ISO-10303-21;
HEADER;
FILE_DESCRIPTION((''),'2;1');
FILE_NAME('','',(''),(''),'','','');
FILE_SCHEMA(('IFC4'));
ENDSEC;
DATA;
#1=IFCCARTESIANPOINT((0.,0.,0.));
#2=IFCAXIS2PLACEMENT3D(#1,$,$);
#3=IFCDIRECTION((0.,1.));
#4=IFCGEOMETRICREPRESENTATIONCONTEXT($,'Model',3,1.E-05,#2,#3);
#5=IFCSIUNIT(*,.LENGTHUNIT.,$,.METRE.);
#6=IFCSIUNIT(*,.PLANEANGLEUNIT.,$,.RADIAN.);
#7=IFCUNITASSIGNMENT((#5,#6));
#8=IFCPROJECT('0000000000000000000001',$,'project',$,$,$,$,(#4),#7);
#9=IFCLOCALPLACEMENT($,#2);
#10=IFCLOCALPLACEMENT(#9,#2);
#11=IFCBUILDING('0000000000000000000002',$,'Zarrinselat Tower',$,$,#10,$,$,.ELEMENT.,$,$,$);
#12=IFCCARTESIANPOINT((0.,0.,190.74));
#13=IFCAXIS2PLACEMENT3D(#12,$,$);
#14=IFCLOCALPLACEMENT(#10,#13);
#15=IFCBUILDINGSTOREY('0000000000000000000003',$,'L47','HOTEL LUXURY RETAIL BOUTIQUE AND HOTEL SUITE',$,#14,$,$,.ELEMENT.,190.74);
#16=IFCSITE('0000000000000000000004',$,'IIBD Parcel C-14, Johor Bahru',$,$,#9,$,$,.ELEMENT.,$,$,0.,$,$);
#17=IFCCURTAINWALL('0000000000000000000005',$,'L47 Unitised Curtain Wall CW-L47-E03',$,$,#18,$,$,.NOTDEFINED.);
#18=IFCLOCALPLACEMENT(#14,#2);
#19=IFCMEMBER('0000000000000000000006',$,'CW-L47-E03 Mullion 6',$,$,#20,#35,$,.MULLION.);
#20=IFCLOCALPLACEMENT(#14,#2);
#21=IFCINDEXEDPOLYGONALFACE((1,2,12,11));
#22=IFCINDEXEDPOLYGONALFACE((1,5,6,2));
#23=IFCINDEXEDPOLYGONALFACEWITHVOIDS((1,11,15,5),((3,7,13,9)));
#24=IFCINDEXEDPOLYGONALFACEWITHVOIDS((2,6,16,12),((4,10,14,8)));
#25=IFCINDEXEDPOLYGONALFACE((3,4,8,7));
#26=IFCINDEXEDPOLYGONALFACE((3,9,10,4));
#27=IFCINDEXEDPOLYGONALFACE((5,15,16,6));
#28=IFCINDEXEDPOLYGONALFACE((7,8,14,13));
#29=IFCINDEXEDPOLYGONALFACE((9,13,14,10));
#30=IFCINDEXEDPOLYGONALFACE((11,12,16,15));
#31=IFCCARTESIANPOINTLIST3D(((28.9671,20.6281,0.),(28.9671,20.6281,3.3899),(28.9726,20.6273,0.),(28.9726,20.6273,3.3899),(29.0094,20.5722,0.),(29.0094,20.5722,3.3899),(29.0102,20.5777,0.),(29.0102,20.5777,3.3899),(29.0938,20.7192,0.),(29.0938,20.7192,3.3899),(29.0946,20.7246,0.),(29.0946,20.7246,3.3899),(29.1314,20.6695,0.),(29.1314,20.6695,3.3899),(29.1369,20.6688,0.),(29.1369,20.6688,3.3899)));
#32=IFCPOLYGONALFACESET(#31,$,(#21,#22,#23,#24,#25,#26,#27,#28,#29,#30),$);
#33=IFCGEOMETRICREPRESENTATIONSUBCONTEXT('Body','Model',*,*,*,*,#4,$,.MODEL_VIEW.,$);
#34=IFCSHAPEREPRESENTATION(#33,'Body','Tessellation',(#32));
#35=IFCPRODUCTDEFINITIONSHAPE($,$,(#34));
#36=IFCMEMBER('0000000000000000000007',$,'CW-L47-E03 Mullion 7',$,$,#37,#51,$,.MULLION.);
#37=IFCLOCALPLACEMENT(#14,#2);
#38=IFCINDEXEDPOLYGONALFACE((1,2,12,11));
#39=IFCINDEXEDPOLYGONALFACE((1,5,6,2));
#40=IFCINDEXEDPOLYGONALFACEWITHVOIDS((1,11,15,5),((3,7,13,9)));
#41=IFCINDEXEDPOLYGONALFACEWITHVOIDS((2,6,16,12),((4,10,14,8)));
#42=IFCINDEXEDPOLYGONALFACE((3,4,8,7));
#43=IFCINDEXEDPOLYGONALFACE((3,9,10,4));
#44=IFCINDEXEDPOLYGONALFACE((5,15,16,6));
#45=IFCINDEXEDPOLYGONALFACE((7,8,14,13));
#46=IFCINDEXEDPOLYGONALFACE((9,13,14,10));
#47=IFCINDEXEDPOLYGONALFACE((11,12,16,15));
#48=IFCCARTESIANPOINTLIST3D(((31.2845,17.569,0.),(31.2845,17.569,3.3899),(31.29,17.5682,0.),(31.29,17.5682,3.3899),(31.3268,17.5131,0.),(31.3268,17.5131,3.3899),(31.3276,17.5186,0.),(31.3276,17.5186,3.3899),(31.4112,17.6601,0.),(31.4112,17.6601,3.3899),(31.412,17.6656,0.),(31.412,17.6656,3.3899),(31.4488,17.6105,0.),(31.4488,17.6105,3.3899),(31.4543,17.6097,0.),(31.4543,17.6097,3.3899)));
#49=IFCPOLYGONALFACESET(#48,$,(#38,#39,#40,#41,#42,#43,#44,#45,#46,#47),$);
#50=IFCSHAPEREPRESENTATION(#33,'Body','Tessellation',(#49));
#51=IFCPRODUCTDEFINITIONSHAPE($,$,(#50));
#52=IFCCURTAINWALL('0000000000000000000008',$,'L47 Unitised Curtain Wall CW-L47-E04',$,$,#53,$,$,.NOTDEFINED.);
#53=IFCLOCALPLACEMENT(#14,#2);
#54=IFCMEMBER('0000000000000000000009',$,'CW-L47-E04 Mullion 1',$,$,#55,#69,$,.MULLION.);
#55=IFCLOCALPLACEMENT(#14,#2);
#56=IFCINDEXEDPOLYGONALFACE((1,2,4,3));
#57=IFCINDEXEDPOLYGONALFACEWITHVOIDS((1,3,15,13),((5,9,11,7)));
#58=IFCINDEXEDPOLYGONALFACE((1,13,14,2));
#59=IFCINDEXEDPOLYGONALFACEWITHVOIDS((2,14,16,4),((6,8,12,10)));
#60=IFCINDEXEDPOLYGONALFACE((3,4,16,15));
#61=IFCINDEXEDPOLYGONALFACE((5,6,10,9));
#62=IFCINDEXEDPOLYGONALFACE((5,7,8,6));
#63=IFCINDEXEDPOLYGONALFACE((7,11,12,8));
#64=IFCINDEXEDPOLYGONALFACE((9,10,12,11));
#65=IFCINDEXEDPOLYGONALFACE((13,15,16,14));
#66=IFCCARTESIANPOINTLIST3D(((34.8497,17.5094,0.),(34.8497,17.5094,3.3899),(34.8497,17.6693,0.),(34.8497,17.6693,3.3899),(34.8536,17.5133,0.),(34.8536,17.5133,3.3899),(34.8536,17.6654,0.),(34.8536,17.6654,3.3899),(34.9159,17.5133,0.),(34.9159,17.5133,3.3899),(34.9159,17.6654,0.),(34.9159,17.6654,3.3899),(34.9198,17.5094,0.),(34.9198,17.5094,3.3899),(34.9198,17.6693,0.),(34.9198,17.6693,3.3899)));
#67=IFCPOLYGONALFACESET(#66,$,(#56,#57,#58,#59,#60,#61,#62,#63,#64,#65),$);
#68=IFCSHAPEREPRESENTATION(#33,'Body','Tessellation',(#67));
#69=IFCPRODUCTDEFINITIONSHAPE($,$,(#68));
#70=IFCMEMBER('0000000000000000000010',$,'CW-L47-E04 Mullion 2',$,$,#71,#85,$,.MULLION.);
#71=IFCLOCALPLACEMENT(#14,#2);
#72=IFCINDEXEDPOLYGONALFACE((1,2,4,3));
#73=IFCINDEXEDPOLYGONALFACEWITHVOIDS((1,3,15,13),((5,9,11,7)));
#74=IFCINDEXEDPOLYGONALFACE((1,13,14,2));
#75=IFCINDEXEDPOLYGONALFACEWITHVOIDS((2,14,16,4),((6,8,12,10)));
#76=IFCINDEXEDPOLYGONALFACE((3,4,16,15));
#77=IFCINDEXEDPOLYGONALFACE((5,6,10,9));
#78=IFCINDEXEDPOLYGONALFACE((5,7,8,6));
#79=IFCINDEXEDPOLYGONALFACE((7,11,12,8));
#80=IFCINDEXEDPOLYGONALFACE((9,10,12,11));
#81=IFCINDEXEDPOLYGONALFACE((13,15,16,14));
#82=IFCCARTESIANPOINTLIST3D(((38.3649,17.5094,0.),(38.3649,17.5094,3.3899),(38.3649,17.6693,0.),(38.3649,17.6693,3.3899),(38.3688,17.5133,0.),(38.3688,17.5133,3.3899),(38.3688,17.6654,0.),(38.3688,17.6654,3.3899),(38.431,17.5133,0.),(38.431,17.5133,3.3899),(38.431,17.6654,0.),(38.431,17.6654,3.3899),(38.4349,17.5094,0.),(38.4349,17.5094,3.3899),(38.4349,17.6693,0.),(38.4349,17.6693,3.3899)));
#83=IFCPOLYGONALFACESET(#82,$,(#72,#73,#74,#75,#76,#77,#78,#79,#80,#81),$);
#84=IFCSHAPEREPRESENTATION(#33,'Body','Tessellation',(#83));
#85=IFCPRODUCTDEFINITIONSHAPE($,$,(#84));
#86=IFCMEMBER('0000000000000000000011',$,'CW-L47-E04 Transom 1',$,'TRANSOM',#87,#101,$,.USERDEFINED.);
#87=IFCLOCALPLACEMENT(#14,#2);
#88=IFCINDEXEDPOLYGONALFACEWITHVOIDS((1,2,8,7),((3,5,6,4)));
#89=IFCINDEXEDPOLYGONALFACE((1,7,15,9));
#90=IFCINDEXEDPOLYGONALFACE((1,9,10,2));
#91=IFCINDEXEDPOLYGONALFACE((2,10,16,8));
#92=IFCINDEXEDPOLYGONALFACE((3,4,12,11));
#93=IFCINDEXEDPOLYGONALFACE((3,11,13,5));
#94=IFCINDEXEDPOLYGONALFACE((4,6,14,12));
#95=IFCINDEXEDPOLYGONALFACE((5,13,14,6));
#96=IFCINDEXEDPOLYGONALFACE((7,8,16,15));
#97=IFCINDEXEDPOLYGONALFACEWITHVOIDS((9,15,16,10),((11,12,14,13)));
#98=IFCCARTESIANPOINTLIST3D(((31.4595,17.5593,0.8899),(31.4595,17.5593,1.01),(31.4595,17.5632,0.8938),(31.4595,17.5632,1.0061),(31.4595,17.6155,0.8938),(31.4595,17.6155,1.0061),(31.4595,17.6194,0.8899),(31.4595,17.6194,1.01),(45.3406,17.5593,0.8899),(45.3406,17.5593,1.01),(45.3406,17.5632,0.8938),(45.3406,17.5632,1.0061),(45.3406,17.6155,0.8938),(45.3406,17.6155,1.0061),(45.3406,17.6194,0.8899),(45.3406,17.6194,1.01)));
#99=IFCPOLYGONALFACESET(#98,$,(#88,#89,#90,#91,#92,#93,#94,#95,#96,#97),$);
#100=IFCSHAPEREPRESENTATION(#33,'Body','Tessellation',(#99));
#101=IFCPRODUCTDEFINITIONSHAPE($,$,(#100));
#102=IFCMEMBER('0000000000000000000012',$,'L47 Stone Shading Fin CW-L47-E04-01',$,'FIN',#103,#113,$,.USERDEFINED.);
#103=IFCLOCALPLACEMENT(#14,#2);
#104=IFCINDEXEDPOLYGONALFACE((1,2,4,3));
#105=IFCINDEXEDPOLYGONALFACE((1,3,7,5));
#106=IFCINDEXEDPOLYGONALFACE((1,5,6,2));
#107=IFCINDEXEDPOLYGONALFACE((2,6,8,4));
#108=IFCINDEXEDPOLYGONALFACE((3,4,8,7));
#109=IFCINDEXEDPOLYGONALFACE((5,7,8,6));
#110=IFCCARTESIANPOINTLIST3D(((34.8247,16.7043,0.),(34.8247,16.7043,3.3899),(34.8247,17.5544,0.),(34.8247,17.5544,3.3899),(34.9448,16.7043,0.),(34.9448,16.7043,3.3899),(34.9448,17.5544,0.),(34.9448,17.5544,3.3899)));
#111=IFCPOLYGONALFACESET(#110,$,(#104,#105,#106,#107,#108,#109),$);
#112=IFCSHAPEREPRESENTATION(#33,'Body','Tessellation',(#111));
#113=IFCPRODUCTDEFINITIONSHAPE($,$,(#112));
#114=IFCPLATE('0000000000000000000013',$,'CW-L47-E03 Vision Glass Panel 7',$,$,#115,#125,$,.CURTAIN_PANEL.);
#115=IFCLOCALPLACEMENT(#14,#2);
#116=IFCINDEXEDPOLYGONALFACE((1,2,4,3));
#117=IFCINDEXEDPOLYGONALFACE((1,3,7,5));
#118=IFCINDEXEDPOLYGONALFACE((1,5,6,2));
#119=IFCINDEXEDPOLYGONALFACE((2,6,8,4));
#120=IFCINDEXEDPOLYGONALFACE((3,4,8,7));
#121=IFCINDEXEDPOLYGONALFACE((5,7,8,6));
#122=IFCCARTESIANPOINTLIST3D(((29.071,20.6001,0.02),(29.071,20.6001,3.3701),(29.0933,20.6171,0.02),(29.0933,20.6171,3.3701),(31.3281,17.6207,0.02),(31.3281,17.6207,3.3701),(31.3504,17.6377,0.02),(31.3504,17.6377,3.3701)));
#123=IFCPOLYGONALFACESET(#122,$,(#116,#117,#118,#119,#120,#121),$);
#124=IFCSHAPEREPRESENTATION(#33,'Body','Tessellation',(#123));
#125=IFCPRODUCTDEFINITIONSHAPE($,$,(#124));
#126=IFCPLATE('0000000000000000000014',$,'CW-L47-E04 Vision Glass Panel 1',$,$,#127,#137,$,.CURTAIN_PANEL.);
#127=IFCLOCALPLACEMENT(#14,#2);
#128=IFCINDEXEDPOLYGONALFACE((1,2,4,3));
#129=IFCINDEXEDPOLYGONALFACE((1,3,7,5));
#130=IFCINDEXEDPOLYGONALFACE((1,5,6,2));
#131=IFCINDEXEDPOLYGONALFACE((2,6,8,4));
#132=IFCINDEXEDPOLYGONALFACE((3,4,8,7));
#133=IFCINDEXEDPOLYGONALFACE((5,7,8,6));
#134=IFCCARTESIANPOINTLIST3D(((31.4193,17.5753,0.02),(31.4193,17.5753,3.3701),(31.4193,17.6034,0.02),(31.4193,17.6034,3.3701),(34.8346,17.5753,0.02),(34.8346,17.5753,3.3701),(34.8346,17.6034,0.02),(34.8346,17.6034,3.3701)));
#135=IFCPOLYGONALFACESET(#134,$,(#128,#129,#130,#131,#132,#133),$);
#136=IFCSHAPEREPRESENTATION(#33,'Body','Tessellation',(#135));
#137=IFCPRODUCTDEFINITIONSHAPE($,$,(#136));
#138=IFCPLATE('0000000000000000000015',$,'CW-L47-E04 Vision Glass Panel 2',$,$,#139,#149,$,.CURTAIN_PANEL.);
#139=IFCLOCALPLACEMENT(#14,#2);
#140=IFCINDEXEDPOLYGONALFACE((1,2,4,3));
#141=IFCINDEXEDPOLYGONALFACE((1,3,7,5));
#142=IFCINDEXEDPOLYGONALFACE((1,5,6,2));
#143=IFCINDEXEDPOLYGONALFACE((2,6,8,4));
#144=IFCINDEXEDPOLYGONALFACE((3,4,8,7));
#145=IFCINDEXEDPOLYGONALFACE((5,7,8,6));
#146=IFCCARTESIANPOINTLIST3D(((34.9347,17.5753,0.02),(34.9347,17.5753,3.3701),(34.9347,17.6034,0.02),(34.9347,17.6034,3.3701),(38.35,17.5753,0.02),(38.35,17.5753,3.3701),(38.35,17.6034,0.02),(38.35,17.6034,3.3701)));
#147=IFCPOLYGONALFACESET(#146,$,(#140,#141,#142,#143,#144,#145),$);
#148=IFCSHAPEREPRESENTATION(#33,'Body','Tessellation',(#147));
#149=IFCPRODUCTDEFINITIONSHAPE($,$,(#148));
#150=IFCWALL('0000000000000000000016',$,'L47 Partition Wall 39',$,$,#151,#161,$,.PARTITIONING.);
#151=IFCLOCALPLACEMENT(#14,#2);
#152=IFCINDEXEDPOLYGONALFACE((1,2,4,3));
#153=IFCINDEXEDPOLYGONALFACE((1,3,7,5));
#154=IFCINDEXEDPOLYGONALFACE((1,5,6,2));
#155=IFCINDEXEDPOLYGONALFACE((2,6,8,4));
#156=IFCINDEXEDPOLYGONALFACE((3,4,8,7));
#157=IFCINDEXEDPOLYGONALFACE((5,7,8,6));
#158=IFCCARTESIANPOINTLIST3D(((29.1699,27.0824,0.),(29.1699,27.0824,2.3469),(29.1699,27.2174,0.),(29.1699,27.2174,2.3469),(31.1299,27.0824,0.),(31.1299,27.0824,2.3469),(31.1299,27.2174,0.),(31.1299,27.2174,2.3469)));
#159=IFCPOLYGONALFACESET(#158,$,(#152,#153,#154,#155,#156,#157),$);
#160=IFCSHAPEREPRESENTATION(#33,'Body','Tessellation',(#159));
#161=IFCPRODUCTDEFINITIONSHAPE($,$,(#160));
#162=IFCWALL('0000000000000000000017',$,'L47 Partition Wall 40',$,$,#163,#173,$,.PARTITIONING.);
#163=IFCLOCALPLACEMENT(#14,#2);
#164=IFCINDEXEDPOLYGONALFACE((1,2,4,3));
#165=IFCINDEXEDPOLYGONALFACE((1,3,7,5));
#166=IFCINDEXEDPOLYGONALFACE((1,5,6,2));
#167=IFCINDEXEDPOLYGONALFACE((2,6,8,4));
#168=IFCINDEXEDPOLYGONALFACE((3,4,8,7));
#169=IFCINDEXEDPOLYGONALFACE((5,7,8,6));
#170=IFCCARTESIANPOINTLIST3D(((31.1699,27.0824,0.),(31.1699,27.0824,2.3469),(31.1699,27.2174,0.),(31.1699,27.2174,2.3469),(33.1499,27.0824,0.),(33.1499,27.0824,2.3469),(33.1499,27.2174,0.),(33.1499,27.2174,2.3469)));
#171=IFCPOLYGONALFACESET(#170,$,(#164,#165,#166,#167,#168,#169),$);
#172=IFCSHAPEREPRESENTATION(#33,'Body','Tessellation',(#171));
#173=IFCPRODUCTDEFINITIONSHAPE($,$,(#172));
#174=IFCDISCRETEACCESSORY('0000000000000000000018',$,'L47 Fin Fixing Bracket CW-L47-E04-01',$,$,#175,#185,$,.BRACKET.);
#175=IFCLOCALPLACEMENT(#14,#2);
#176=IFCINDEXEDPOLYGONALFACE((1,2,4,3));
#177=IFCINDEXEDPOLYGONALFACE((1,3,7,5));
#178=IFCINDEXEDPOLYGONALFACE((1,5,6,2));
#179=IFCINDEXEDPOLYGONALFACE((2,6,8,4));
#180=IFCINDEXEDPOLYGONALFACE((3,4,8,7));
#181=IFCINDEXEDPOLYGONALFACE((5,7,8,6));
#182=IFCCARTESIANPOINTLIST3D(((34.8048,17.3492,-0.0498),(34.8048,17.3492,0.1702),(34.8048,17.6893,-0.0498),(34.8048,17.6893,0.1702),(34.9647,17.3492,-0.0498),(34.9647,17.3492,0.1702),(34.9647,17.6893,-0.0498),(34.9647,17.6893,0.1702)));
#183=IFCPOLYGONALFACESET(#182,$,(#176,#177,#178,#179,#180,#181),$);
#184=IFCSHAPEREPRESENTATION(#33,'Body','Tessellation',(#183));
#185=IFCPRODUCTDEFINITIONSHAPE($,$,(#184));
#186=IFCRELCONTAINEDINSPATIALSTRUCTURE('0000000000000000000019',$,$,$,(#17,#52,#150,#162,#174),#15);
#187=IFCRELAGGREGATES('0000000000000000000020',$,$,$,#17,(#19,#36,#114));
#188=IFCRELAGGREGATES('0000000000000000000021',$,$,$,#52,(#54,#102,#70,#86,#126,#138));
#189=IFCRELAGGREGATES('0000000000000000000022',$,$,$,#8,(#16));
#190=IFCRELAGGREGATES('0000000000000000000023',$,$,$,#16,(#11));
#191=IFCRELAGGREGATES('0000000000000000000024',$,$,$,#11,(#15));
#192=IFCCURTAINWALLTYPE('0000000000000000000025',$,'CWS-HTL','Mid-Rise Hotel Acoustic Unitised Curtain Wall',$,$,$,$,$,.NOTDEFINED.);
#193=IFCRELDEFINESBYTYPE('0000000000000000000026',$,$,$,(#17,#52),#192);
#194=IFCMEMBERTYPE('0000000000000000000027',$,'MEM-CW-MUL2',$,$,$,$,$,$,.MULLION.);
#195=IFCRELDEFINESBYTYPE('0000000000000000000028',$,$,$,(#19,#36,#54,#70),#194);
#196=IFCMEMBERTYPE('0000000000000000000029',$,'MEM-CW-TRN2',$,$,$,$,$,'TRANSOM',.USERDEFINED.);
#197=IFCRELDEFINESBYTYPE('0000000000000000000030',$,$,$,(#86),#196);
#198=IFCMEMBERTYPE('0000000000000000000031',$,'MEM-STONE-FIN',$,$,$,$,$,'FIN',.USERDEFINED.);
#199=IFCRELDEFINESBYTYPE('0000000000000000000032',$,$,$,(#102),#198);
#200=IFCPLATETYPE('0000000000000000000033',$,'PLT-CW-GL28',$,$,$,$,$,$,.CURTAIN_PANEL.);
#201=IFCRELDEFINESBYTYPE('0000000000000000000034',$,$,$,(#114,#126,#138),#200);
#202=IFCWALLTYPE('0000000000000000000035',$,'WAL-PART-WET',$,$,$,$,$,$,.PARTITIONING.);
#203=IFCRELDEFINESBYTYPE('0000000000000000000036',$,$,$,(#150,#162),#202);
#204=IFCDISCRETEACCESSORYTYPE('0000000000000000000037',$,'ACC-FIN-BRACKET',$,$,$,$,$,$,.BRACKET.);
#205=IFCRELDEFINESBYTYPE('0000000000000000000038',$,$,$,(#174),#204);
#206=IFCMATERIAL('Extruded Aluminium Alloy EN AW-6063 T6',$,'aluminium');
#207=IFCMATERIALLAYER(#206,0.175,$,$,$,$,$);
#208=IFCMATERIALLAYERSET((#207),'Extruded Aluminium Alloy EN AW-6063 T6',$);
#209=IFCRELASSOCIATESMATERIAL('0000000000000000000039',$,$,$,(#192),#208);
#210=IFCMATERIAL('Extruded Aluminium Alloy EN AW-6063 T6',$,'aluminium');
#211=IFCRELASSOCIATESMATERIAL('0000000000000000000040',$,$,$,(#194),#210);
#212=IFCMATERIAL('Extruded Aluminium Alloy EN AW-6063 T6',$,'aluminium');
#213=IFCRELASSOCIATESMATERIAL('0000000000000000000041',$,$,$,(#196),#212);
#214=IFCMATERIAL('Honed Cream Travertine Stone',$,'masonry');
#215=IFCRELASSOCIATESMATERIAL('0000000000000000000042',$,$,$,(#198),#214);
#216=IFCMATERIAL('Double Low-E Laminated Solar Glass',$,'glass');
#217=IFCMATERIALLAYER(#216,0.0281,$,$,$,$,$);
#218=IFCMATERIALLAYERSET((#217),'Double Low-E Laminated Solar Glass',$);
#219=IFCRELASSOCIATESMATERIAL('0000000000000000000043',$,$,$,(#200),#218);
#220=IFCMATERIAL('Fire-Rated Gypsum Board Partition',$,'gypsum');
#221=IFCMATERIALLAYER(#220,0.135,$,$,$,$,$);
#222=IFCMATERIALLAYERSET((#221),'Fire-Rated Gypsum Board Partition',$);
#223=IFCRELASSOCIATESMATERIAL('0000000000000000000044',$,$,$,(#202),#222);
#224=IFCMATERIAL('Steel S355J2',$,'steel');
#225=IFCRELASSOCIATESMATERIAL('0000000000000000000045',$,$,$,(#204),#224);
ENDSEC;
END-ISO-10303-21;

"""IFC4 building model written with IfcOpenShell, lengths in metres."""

from ifc_helpers import new_model, si_unit, direction, frame, frame_2d, origin, origin_2d, place, context, subcontext, project, spatial, rectangle, hollow_rectangle, extrude, material, layer, layer_set, material_profile, profile_set, type_object, element, aggregate, save


model = new_model("IFC4")

# Units and contexts
model_context = context("Model", 3, precision=1e-05, world=origin(), true_north=direction((0.0, 1.0)))
body_context = subcontext(model_context, "Body", "Model", "MODEL_VIEW")
ifc_project = project(units=[si_unit("LENGTHUNIT", "METRE"), si_unit("PLANEANGLEUNIT", "RADIAN")], contexts=[model_context])

# Site, building, storey
site_placement = place(None, origin())
site = spatial("IfcSite", under=ifc_project, at=site_placement, Name="IIBD Parcel C-14, Johor Bahru", CompositionType="ELEMENT", RefElevation=0.0)
building_placement = place(site_placement, origin())
building = spatial("IfcBuilding", under=site, at=building_placement, Name="Zarrinselat Tower", CompositionType="ELEMENT")
storey_placement = place(building_placement, frame((0.0, 0.0, 190.74)))
storey = spatial("IfcBuildingStorey", under=building, at=storey_placement, Name="L47", Description="HOTEL LUXURY RETAIL BOUTIQUE AND HOTEL SUITE", CompositionType="ELEMENT", Elevation=190.74)

# Curtain walls, members
ifc_material_1 = material(Name="Extruded Aluminium Alloy EN AW-6063 T6", Category="aluminium")
ifc_layer_1 = layer(ifc_material_1, 0.175)
ifc_layer_set_1 = layer_set([ifc_layer_1], Name="Extruded Aluminium Alloy EN AW-6063 T6")
curtain_wall_type = type_object("IfcCurtainWallType", Name="CWS-HTL", Description="Mid-Rise Hotel Acoustic Unitised Curtain Wall", PredefinedType="NOTDEFINED", material=ifc_layer_set_1)
curtain_wall_1_placement = place(storey_placement, origin())
curtain_wall_1 = element("IfcCurtainWall", 1, at=curtain_wall_1_placement, inside=storey, type_object=curtain_wall_type, Name="L47 Unitised Curtain Wall CW-L47-E03", PredefinedType="NOTDEFINED")
ifc_material_2 = material(Name="Extruded Aluminium Alloy EN AW-6063 T6", Category="aluminium")
ifc_material_profile_1 = material_profile(ifc_material_2, hollow_rectangle(XDim=0.0701, YDim=0.1599, WallThickness=0.0039, at=origin_2d()), Name="RHS 160x70x4")
ifc_profile_set_1 = profile_set([ifc_material_profile_1], Name="Extruded Aluminium Alloy EN AW-6063 T6")
member_type_1 = type_object("IfcMemberType", Name="MEM-CW-MUL2", PredefinedType="MULLION", material=ifc_profile_set_1)
member_1_placement = place(storey_placement, frame((29.052, 20.6484, 0.0), z_axis=(0.0, 0.0, 1.0), x_axis=(0.603857, -0.797093, 0.0)))
member_1 = element("IfcMember", 2, at=member_1_placement, type_object=member_type_1, Name="CW-L47-E03 Mullion 6", PredefinedType="MULLION", context=body_context, shape_type="SweptSolid", body=[
    extrude(hollow_rectangle(XDim=0.0701, YDim=0.1599, WallThickness=0.0039, at=origin_2d()), origin(), (0.0, 0.0, 1.0), 3.3899),
])
member_2_placement = place(storey_placement, frame((31.3694, 17.5894, 0.0), z_axis=(0.0, 0.0, 1.0), x_axis=(0.603857, -0.797093, 0.0)))
member_2 = element("IfcMember", 3, at=member_2_placement, type_object=member_type_1, Name="CW-L47-E03 Mullion 7", PredefinedType="MULLION", context=body_context, shape_type="SweptSolid", body=[
    extrude(hollow_rectangle(XDim=0.0701, YDim=0.1599, WallThickness=0.0039, at=origin_2d()), origin(), (0.0, 0.0, 1.0), 3.3899),
])
curtain_wall_2_placement = place(storey_placement, origin())
curtain_wall_2 = element("IfcCurtainWall", 4, at=curtain_wall_2_placement, inside=storey, type_object=curtain_wall_type, Name="L47 Unitised Curtain Wall CW-L47-E04", PredefinedType="NOTDEFINED")
member_3_placement = place(storey_placement, frame((34.8848, 17.5894, 0.0), z_axis=(0.0, 0.0, 1.0), x_axis=(1.0, 0.0, 0.0)))
member_3 = element("IfcMember", 5, at=member_3_placement, type_object=member_type_1, Name="CW-L47-E04 Mullion 1", PredefinedType="MULLION", context=body_context, shape_type="SweptSolid", body=[
    extrude(hollow_rectangle(XDim=0.0701, YDim=0.1599, WallThickness=0.0039, at=origin_2d()), origin(), (0.0, 0.0, 1.0), 3.3899),
])
member_4_placement = place(storey_placement, frame((38.3999, 17.5894, 0.0), z_axis=(0.0, 0.0, 1.0), x_axis=(1.0, 0.0, 0.0)))
member_4 = element("IfcMember", 6, at=member_4_placement, type_object=member_type_1, Name="CW-L47-E04 Mullion 2", PredefinedType="MULLION", context=body_context, shape_type="SweptSolid", body=[
    extrude(hollow_rectangle(XDim=0.0701, YDim=0.1599, WallThickness=0.0039, at=origin_2d()), origin(), (0.0, 0.0, 1.0), 3.3899),
])
ifc_material_3 = material(Name="Extruded Aluminium Alloy EN AW-6063 T6", Category="aluminium")
ifc_material_profile_2 = material_profile(ifc_material_3, hollow_rectangle(XDim=0.0601, YDim=0.1201, WallThickness=0.0039, at=origin_2d()), Name="RHS 120x60x4")
ifc_profile_set_2 = profile_set([ifc_material_profile_2], Name="Extruded Aluminium Alloy EN AW-6063 T6")
member_type_2 = type_object("IfcMemberType", Name="MEM-CW-TRN2", ElementType="TRANSOM", PredefinedType="USERDEFINED", material=ifc_profile_set_2)
member_5_placement = place(storey_placement, frame((31.4595, 17.5894, 0.95), z_axis=(1.0, 0.0, 0.0), x_axis=(0.0, 1.0, 0.0)))
member_5 = element("IfcMember", 7, at=member_5_placement, type_object=member_type_2, Name="CW-L47-E04 Transom 1", ObjectType="TRANSOM", PredefinedType="USERDEFINED", context=body_context, shape_type="SweptSolid", body=[
    extrude(hollow_rectangle(XDim=0.0601, YDim=0.1201, WallThickness=0.0039, at=origin_2d()), origin(), (0.0, 0.0, 1.0), 13.8811),
])
ifc_material_4 = material(Name="Honed Cream Travertine Stone", Category="masonry")
ifc_material_profile_3 = material_profile(ifc_material_4, rectangle(XDim=0.1201, YDim=0.8501, at=origin_2d()), Name="FIN 850x120")
ifc_profile_set_3 = profile_set([ifc_material_profile_3], Name="Honed Cream Travertine Stone")
member_type_3 = type_object("IfcMemberType", Name="MEM-STONE-FIN", ElementType="FIN", PredefinedType="USERDEFINED", material=ifc_profile_set_3)
member_6_placement = place(storey_placement, frame((34.8848, 17.1294, 0.0), z_axis=(0.0, 0.0, 1.0), x_axis=(-1.0, 0.0, 0.0)))
member_6 = element("IfcMember", 8, at=member_6_placement, type_object=member_type_3, Name="L47 Stone Shading Fin CW-L47-E04-01", ObjectType="FIN", PredefinedType="USERDEFINED", context=body_context, shape_type="SweptSolid", body=[
    extrude(rectangle(XDim=0.1201, YDim=0.8501, at=origin_2d()), origin(), (0.0, 0.0, 1.0), 3.3899),
])

# Plates
ifc_material_5 = material(Name="Double Low-E Laminated Solar Glass", Category="glass")
ifc_layer_2 = layer(ifc_material_5, 0.0281)
ifc_layer_set_2 = layer_set([ifc_layer_2], Name="Double Low-E Laminated Solar Glass")
plate_type = type_object("IfcPlateType", Name="PLT-CW-GL28", PredefinedType="CURTAIN_PANEL", material=ifc_layer_set_2)
plate_1_placement = place(storey_placement, frame((30.2107, 19.1189, 0.02), z_axis=(0.0, 0.0, 1.0), x_axis=(0.603857, -0.797093, 0.0)))
plate_1 = element("IfcPlate", 9, at=plate_1_placement, type_object=plate_type, Name="CW-L47-E03 Vision Glass Panel 7", PredefinedType="CURTAIN_PANEL", context=body_context, shape_type="SweptSolid", body=[
    extrude(rectangle(XDim=3.7378, YDim=0.0281, at=origin_2d()), origin(), (0.0, 0.0, 1.0), 3.3501),
])
aggregate(curtain_wall_1, [member_1, member_2, plate_1])
plate_2_placement = place(storey_placement, frame((33.127, 17.5894, 0.02), z_axis=(0.0, 0.0, 1.0), x_axis=(1.0, 0.0, 0.0)))
plate_2 = element("IfcPlate", 10, at=plate_2_placement, type_object=plate_type, Name="CW-L47-E04 Vision Glass Panel 1", PredefinedType="CURTAIN_PANEL", context=body_context, shape_type="SweptSolid", body=[
    extrude(rectangle(XDim=3.4153, YDim=0.0281, at=origin_2d()), origin(), (0.0, 0.0, 1.0), 3.3501),
])
plate_3_placement = place(storey_placement, frame((36.6423, 17.5894, 0.02), z_axis=(0.0, 0.0, 1.0), x_axis=(1.0, 0.0, 0.0)))
plate_3 = element("IfcPlate", 11, at=plate_3_placement, type_object=plate_type, Name="CW-L47-E04 Vision Glass Panel 2", PredefinedType="CURTAIN_PANEL", context=body_context, shape_type="SweptSolid", body=[
    extrude(rectangle(XDim=3.4153, YDim=0.0281, at=origin_2d()), origin(), (0.0, 0.0, 1.0), 3.3501),
])
aggregate(curtain_wall_2, [member_3, member_6, member_4, member_5, plate_2, plate_3])

# Walls
ifc_material_6 = material(Name="Fire-Rated Gypsum Board Partition", Category="gypsum")
ifc_layer_3 = layer(ifc_material_6, 0.135)
ifc_layer_set_3 = layer_set([ifc_layer_3], Name="Fire-Rated Gypsum Board Partition")
wall_type = type_object("IfcWallType", Name="WAL-PART-WET", PredefinedType="PARTITIONING", material=ifc_layer_set_3)
wall_1_placement = place(storey_placement, frame((29.1699, 27.1499, 0.0), z_axis=(0.0, 0.0, 1.0), x_axis=(1.0, 0.0, 0.0)))
element("IfcWall", 12, at=wall_1_placement, inside=storey, type_object=wall_type, Name="L47 Partition Wall 39", PredefinedType="PARTITIONING", context=body_context, shape_type="SweptSolid", body=[
    extrude(rectangle(XDim=1.96, YDim=0.135, at=frame_2d((0.98, 0.0))), origin(), (0.0, 0.0, 1.0), 2.3469),
])
wall_2_placement = place(storey_placement, frame((31.1699, 27.1499, 0.0), z_axis=(0.0, 0.0, 1.0), x_axis=(1.0, 0.0, 0.0)))
element("IfcWall", 13, at=wall_2_placement, inside=storey, type_object=wall_type, Name="L47 Partition Wall 40", PredefinedType="PARTITIONING", context=body_context, shape_type="SweptSolid", body=[
    extrude(rectangle(XDim=1.98, YDim=0.135, at=frame_2d((0.99, 0.0))), origin(), (0.0, 0.0, 1.0), 2.3469),
])

# Discrete accessory
ifc_material_7 = material(Name="Steel S355J2", Category="steel")
discrete_accessory_type = type_object("IfcDiscreteAccessoryType", Name="ACC-FIN-BRACKET", PredefinedType="BRACKET", material=ifc_material_7)
discrete_accessory_placement = place(storey_placement, frame((34.8848, 17.5193, -0.0498), z_axis=(0.0, 0.0, 1.0), x_axis=(0.0, -1.0, 0.0)))
element("IfcDiscreteAccessory", 14, at=discrete_accessory_placement, inside=storey, type_object=discrete_accessory_type, Name="L47 Fin Fixing Bracket CW-L47-E04-01", PredefinedType="BRACKET", context=body_context, shape_type="SweptSolid", body=[
    extrude(rectangle(XDim=0.3401, YDim=0.1599, at=origin_2d()), origin(), (0.0, 0.0, 1.0), 0.22),
])

save(model, "model.ifc")
